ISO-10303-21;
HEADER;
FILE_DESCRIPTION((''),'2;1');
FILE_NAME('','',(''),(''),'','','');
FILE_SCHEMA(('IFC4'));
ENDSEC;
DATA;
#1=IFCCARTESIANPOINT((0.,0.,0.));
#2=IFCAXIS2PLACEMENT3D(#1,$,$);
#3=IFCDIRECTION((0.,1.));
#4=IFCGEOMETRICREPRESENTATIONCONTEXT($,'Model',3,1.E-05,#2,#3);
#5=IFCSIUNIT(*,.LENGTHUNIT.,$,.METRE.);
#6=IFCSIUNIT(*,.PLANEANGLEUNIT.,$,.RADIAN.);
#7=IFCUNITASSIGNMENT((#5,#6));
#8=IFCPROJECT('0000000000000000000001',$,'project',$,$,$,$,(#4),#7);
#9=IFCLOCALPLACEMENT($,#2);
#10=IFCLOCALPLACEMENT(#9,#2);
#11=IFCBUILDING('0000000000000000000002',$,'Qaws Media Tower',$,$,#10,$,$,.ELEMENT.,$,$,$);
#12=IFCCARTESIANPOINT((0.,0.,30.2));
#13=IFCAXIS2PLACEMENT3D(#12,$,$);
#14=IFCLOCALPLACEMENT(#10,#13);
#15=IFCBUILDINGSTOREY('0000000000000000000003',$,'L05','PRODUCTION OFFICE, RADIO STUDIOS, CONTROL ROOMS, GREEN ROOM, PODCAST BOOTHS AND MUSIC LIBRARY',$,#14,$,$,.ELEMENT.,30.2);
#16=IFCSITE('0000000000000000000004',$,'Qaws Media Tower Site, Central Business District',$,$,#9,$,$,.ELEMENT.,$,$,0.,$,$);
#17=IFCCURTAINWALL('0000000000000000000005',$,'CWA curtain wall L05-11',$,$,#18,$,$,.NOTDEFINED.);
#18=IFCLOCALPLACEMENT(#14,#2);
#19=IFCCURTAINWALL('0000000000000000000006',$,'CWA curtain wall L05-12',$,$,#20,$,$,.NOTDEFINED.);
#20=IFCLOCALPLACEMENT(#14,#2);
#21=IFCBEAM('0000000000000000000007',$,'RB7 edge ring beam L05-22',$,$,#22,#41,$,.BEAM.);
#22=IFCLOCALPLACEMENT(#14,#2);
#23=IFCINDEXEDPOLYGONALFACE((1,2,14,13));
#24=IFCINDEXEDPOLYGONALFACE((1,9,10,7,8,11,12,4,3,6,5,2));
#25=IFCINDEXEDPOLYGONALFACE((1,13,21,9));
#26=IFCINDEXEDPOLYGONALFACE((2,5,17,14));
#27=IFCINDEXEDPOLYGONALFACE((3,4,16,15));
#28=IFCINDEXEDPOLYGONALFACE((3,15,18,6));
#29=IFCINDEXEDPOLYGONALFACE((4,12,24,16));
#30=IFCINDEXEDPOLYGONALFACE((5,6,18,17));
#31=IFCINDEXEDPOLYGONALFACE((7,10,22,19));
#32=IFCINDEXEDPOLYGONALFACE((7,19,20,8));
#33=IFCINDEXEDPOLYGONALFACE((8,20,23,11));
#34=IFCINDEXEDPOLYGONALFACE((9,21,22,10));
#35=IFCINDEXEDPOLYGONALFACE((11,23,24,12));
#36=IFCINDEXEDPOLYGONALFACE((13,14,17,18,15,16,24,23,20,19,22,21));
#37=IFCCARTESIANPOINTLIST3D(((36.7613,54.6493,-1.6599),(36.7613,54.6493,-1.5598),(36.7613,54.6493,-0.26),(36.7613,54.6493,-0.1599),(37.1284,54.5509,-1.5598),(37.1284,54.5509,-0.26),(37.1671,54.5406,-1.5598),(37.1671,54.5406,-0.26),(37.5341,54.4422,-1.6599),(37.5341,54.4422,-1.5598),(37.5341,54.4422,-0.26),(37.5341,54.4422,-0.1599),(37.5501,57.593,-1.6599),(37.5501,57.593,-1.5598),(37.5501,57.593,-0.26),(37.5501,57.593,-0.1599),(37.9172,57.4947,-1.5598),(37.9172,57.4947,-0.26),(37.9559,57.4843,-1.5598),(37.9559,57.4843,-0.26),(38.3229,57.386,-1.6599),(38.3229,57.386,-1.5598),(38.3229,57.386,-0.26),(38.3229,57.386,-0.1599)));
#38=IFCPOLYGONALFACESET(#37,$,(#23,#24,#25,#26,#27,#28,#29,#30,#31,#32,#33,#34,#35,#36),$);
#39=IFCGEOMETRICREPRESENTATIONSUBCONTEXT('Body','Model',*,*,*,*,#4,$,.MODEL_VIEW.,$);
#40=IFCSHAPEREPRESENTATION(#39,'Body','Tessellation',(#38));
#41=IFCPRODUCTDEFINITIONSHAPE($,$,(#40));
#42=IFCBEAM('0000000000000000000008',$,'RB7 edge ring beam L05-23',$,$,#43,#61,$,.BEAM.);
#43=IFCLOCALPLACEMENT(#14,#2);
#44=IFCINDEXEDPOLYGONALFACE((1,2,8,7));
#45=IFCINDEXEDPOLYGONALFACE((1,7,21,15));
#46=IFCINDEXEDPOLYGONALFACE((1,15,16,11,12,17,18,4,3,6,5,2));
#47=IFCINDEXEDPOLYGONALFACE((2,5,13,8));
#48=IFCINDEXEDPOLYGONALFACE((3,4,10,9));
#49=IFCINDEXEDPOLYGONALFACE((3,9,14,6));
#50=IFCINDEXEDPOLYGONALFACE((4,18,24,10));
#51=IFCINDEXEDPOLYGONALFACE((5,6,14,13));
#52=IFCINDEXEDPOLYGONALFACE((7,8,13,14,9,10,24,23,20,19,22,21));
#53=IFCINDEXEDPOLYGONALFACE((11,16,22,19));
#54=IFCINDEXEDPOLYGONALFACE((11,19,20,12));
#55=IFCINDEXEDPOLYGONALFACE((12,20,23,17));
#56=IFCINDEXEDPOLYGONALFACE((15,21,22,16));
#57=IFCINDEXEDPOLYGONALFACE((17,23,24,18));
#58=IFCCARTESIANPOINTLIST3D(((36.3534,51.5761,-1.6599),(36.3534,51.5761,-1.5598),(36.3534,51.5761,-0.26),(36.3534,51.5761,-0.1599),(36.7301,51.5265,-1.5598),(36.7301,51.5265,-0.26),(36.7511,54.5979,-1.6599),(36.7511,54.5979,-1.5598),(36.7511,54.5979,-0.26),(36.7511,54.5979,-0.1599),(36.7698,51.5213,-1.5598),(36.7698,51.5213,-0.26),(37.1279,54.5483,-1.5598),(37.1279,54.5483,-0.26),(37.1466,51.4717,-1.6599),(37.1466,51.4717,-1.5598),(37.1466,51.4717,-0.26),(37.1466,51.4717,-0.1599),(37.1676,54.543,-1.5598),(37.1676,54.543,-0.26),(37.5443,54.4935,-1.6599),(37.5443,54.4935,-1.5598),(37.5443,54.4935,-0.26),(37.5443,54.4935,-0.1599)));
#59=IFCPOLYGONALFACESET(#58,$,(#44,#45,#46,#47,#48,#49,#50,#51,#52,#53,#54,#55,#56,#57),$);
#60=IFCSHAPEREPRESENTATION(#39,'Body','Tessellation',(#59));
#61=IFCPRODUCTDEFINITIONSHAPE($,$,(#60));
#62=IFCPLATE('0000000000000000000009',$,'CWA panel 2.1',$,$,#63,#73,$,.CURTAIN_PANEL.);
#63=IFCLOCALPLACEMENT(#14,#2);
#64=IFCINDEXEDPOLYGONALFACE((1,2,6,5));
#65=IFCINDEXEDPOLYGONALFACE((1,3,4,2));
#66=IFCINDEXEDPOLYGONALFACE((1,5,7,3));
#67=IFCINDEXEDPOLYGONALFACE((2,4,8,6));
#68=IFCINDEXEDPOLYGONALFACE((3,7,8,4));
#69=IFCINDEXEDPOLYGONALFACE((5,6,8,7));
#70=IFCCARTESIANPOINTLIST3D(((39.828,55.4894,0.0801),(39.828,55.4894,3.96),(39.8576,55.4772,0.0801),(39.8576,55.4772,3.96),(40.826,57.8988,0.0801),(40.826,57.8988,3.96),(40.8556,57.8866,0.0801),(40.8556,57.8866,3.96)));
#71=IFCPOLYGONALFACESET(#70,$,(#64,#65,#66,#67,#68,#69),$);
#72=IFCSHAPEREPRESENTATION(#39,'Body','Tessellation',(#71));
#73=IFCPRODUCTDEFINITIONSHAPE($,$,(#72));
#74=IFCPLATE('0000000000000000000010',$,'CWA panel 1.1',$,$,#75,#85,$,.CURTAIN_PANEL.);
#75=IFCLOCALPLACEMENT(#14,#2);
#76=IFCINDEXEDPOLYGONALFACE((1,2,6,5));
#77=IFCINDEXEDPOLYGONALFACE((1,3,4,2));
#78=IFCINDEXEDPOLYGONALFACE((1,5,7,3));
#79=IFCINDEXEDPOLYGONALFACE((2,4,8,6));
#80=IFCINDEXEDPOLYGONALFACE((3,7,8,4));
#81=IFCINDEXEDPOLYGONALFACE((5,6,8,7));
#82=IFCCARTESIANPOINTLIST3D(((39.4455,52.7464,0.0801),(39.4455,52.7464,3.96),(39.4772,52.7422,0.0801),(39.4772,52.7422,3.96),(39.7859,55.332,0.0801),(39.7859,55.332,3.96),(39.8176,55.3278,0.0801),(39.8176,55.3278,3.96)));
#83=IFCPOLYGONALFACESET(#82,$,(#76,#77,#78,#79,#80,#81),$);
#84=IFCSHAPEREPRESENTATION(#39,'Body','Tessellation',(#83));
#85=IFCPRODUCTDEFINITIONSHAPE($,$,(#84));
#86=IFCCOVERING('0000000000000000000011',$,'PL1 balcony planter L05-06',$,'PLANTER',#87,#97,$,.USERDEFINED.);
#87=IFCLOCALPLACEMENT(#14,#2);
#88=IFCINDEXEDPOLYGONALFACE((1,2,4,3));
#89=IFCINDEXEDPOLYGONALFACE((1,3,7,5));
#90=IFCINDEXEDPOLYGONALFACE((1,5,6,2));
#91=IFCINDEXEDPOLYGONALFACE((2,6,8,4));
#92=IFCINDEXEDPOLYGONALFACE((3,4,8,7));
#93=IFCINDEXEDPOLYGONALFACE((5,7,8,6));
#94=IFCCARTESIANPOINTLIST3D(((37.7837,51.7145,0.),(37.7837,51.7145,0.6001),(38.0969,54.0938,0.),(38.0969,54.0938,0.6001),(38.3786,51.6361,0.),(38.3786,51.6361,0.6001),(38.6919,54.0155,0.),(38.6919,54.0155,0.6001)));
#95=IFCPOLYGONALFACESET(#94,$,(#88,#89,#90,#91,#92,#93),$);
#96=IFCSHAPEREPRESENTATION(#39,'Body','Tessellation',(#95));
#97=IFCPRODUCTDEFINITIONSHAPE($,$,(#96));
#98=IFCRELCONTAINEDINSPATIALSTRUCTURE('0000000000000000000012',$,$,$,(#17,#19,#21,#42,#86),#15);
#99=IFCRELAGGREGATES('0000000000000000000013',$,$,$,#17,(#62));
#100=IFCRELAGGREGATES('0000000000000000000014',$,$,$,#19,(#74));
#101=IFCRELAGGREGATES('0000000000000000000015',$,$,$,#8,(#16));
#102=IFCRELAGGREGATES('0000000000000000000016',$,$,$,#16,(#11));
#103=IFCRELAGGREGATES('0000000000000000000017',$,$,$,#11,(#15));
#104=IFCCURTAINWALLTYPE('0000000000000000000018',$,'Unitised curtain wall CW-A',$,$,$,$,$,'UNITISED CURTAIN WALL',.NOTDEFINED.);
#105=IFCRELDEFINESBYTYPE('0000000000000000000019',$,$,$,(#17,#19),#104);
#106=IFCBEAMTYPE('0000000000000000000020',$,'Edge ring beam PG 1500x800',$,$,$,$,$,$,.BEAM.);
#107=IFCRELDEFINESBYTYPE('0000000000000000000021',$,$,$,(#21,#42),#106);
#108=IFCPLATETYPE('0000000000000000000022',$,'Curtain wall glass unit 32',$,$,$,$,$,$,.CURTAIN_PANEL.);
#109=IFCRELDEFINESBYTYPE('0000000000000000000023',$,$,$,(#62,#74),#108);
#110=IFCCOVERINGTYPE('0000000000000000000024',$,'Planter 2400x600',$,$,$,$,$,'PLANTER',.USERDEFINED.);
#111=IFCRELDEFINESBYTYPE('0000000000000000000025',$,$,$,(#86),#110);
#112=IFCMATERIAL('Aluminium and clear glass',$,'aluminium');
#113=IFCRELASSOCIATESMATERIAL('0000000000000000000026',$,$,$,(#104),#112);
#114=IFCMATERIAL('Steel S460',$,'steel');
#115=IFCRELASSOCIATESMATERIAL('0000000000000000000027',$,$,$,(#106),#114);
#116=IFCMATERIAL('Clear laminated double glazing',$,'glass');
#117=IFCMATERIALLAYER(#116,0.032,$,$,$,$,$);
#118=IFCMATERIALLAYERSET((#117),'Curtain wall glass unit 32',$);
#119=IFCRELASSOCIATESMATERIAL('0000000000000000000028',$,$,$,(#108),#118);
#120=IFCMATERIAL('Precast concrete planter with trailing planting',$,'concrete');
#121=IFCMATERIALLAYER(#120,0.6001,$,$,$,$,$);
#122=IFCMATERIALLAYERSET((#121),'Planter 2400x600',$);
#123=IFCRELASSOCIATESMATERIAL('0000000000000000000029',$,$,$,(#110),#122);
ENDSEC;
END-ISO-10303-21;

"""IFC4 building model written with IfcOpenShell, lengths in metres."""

from ifc_helpers import new_model, si_unit, direction, frame, origin, origin_2d, place, context, subcontext, project, spatial, rectangle, i_section, extrude, material, layer, layer_set, material_profile, profile_set, type_object, element, aggregate, save


model = new_model("IFC4")

# Units and contexts
model_context = context("Model", 3, precision=1e-05, world=origin(), true_north=direction((0.0, 1.0)))
body_context = subcontext(model_context, "Body", "Model", "MODEL_VIEW")
ifc_project = project(units=[si_unit("LENGTHUNIT", "METRE"), si_unit("PLANEANGLEUNIT", "RADIAN")], contexts=[model_context])

# Site, building, storey
site_placement = place(None, origin())
site = spatial("IfcSite", under=ifc_project, at=site_placement, Name="Qaws Media Tower Site, Central Business District", CompositionType="ELEMENT", RefElevation=0.0)
building_placement = place(site_placement, origin())
building = spatial("IfcBuilding", under=site, at=building_placement, Name="Qaws Media Tower", CompositionType="ELEMENT")
storey_placement = place(building_placement, frame((0.0, 0.0, 30.2)))
storey = spatial("IfcBuildingStorey", under=building, at=storey_placement, Name="L05", Description="PRODUCTION OFFICE, RADIO STUDIOS, CONTROL ROOMS, GREEN ROOM, PODCAST BOOTHS AND MUSIC LIBRARY", CompositionType="ELEMENT", Elevation=30.2)

# Curtain wall
ifc_material_1 = material(Name="Aluminium and clear glass", Category="aluminium")
curtain_wall_type = type_object("IfcCurtainWallType", Name="Unitised curtain wall CW-A", ElementType="UNITISED CURTAIN WALL", PredefinedType="NOTDEFINED", material=ifc_material_1)
curtain_wall_1_placement = place(storey_placement, origin())
curtain_wall_1 = element("IfcCurtainWall", 1, at=curtain_wall_1_placement, inside=storey, type_object=curtain_wall_type, Name="CWA curtain wall L05-11", PredefinedType="NOTDEFINED")

# Curtain wall
curtain_wall_2_placement = place(storey_placement, origin())
curtain_wall_2 = element("IfcCurtainWall", 2, at=curtain_wall_2_placement, inside=storey, type_object=curtain_wall_type, Name="CWA curtain wall L05-12", PredefinedType="NOTDEFINED")

# Beams
ifc_material_2 = material(Name="Steel S460", Category="steel")
ifc_material_profile_1 = material_profile(ifc_material_2, i_section(OverallWidth=0.8, OverallDepth=1.5, WebThickness=0.04, FlangeThickness=0.1001, at=origin_2d()), Name="PG 1500x800")
ifc_profile_set_1 = profile_set([ifc_material_profile_1], Name="Steel S460")
beam_type = type_object("IfcBeamType", Name="Edge ring beam PG 1500x800", PredefinedType="BEAM", material=ifc_profile_set_1)
beam_1_placement = place(storey_placement, frame((37.9365, 57.4895, -0.9099), z_axis=(-0.258824, -0.965924, 0.0), x_axis=(0.965924, -0.258824, 0.0)))
element("IfcBeam", 3, at=beam_1_placement, inside=storey, type_object=beam_type, Name="RB7 edge ring beam L05-22", PredefinedType="BEAM", context=body_context, shape_type="SweptSolid", body=[
    extrude(i_section(OverallWidth=0.8, OverallDepth=1.5, WebThickness=0.04, FlangeThickness=0.1001, at=origin_2d()), origin(), (0.0, 0.0, 1.0), 3.0476),
])
beam_2_placement = place(storey_placement, frame((37.1477, 54.5457, -0.9099), z_axis=(-0.13049, -0.99145, 0.0), x_axis=(0.99145, -0.13049, 0.0)))
element("IfcBeam", 4, at=beam_2_placement, inside=storey, type_object=beam_type, Name="RB7 edge ring beam L05-23", PredefinedType="BEAM", context=body_context, shape_type="SweptSolid", body=[
    extrude(i_section(OverallWidth=0.8, OverallDepth=1.5, WebThickness=0.04, FlangeThickness=0.1001, at=origin_2d()), origin(), (0.0, 0.0, 1.0), 3.0479),
])

# Plates
ifc_material_3 = material(Name="Clear laminated double glazing", Category="glass")
ifc_layer_1 = layer(ifc_material_3, 0.032)
ifc_layer_set_1 = layer_set([ifc_layer_1], Name="Curtain wall glass unit 32")
plate_type = type_object("IfcPlateType", Name="Curtain wall glass unit 32", PredefinedType="CURTAIN_PANEL", material=ifc_layer_set_1)
plate_1_placement = place(storey_placement, frame((40.3418, 56.688, 0.0801), z_axis=(0.0, 0.0, 1.0), x_axis=(-0.382683, -0.92388, 0.0)))
plate_1 = element("IfcPlate", 5, at=plate_1_placement, type_object=plate_type, Name="CWA panel 2.1", PredefinedType="CURTAIN_PANEL", context=body_context, shape_type="SweptSolid", body=[
    extrude(rectangle(XDim=2.6079, YDim=0.032, at=origin_2d()), origin(), (0.0, 0.0, 1.0), 3.8799),
])
aggregate(curtain_wall_1, [plate_1])
plate_2_placement = place(storey_placement, frame((39.6316, 54.0371, 0.0801), z_axis=(0.0, 0.0, 1.0), x_axis=(-0.130526, -0.991445, 0.0)))
plate_2 = element("IfcPlate", 6, at=plate_2_placement, type_object=plate_type, Name="CWA panel 1.1", PredefinedType="CURTAIN_PANEL", context=body_context, shape_type="SweptSolid", body=[
    extrude(rectangle(XDim=2.6079, YDim=0.032, at=origin_2d()), origin(), (0.0, 0.0, 1.0), 3.8799),
])
aggregate(curtain_wall_2, [plate_2])

# Covering
ifc_material_4 = material(Name="Precast concrete planter with trailing planting", Category="concrete")
ifc_layer_2 = layer(ifc_material_4, 0.6001)
ifc_layer_set_2 = layer_set([ifc_layer_2], Name="Planter 2400x600")
covering_type = type_object("IfcCoveringType", Name="Planter 2400x600", ElementType="PLANTER", PredefinedType="USERDEFINED", material=ifc_layer_set_2)
covering_placement = place(storey_placement, frame((38.2378, 52.865, 0.0), z_axis=(0.0, 0.0, 1.0), x_axis=(-0.130526, -0.991445, 0.0)))
element("IfcCovering", 7, at=covering_placement, inside=storey, type_object=covering_type, Name="PL1 balcony planter L05-06", ObjectType="PLANTER", PredefinedType="USERDEFINED", context=body_context, shape_type="SweptSolid", body=[
    extrude(rectangle(XDim=2.3999, YDim=0.6001, at=origin_2d()), origin(), (0.0, 0.0, 1.0), 0.6001),
])

save(model, "model.ifc")
